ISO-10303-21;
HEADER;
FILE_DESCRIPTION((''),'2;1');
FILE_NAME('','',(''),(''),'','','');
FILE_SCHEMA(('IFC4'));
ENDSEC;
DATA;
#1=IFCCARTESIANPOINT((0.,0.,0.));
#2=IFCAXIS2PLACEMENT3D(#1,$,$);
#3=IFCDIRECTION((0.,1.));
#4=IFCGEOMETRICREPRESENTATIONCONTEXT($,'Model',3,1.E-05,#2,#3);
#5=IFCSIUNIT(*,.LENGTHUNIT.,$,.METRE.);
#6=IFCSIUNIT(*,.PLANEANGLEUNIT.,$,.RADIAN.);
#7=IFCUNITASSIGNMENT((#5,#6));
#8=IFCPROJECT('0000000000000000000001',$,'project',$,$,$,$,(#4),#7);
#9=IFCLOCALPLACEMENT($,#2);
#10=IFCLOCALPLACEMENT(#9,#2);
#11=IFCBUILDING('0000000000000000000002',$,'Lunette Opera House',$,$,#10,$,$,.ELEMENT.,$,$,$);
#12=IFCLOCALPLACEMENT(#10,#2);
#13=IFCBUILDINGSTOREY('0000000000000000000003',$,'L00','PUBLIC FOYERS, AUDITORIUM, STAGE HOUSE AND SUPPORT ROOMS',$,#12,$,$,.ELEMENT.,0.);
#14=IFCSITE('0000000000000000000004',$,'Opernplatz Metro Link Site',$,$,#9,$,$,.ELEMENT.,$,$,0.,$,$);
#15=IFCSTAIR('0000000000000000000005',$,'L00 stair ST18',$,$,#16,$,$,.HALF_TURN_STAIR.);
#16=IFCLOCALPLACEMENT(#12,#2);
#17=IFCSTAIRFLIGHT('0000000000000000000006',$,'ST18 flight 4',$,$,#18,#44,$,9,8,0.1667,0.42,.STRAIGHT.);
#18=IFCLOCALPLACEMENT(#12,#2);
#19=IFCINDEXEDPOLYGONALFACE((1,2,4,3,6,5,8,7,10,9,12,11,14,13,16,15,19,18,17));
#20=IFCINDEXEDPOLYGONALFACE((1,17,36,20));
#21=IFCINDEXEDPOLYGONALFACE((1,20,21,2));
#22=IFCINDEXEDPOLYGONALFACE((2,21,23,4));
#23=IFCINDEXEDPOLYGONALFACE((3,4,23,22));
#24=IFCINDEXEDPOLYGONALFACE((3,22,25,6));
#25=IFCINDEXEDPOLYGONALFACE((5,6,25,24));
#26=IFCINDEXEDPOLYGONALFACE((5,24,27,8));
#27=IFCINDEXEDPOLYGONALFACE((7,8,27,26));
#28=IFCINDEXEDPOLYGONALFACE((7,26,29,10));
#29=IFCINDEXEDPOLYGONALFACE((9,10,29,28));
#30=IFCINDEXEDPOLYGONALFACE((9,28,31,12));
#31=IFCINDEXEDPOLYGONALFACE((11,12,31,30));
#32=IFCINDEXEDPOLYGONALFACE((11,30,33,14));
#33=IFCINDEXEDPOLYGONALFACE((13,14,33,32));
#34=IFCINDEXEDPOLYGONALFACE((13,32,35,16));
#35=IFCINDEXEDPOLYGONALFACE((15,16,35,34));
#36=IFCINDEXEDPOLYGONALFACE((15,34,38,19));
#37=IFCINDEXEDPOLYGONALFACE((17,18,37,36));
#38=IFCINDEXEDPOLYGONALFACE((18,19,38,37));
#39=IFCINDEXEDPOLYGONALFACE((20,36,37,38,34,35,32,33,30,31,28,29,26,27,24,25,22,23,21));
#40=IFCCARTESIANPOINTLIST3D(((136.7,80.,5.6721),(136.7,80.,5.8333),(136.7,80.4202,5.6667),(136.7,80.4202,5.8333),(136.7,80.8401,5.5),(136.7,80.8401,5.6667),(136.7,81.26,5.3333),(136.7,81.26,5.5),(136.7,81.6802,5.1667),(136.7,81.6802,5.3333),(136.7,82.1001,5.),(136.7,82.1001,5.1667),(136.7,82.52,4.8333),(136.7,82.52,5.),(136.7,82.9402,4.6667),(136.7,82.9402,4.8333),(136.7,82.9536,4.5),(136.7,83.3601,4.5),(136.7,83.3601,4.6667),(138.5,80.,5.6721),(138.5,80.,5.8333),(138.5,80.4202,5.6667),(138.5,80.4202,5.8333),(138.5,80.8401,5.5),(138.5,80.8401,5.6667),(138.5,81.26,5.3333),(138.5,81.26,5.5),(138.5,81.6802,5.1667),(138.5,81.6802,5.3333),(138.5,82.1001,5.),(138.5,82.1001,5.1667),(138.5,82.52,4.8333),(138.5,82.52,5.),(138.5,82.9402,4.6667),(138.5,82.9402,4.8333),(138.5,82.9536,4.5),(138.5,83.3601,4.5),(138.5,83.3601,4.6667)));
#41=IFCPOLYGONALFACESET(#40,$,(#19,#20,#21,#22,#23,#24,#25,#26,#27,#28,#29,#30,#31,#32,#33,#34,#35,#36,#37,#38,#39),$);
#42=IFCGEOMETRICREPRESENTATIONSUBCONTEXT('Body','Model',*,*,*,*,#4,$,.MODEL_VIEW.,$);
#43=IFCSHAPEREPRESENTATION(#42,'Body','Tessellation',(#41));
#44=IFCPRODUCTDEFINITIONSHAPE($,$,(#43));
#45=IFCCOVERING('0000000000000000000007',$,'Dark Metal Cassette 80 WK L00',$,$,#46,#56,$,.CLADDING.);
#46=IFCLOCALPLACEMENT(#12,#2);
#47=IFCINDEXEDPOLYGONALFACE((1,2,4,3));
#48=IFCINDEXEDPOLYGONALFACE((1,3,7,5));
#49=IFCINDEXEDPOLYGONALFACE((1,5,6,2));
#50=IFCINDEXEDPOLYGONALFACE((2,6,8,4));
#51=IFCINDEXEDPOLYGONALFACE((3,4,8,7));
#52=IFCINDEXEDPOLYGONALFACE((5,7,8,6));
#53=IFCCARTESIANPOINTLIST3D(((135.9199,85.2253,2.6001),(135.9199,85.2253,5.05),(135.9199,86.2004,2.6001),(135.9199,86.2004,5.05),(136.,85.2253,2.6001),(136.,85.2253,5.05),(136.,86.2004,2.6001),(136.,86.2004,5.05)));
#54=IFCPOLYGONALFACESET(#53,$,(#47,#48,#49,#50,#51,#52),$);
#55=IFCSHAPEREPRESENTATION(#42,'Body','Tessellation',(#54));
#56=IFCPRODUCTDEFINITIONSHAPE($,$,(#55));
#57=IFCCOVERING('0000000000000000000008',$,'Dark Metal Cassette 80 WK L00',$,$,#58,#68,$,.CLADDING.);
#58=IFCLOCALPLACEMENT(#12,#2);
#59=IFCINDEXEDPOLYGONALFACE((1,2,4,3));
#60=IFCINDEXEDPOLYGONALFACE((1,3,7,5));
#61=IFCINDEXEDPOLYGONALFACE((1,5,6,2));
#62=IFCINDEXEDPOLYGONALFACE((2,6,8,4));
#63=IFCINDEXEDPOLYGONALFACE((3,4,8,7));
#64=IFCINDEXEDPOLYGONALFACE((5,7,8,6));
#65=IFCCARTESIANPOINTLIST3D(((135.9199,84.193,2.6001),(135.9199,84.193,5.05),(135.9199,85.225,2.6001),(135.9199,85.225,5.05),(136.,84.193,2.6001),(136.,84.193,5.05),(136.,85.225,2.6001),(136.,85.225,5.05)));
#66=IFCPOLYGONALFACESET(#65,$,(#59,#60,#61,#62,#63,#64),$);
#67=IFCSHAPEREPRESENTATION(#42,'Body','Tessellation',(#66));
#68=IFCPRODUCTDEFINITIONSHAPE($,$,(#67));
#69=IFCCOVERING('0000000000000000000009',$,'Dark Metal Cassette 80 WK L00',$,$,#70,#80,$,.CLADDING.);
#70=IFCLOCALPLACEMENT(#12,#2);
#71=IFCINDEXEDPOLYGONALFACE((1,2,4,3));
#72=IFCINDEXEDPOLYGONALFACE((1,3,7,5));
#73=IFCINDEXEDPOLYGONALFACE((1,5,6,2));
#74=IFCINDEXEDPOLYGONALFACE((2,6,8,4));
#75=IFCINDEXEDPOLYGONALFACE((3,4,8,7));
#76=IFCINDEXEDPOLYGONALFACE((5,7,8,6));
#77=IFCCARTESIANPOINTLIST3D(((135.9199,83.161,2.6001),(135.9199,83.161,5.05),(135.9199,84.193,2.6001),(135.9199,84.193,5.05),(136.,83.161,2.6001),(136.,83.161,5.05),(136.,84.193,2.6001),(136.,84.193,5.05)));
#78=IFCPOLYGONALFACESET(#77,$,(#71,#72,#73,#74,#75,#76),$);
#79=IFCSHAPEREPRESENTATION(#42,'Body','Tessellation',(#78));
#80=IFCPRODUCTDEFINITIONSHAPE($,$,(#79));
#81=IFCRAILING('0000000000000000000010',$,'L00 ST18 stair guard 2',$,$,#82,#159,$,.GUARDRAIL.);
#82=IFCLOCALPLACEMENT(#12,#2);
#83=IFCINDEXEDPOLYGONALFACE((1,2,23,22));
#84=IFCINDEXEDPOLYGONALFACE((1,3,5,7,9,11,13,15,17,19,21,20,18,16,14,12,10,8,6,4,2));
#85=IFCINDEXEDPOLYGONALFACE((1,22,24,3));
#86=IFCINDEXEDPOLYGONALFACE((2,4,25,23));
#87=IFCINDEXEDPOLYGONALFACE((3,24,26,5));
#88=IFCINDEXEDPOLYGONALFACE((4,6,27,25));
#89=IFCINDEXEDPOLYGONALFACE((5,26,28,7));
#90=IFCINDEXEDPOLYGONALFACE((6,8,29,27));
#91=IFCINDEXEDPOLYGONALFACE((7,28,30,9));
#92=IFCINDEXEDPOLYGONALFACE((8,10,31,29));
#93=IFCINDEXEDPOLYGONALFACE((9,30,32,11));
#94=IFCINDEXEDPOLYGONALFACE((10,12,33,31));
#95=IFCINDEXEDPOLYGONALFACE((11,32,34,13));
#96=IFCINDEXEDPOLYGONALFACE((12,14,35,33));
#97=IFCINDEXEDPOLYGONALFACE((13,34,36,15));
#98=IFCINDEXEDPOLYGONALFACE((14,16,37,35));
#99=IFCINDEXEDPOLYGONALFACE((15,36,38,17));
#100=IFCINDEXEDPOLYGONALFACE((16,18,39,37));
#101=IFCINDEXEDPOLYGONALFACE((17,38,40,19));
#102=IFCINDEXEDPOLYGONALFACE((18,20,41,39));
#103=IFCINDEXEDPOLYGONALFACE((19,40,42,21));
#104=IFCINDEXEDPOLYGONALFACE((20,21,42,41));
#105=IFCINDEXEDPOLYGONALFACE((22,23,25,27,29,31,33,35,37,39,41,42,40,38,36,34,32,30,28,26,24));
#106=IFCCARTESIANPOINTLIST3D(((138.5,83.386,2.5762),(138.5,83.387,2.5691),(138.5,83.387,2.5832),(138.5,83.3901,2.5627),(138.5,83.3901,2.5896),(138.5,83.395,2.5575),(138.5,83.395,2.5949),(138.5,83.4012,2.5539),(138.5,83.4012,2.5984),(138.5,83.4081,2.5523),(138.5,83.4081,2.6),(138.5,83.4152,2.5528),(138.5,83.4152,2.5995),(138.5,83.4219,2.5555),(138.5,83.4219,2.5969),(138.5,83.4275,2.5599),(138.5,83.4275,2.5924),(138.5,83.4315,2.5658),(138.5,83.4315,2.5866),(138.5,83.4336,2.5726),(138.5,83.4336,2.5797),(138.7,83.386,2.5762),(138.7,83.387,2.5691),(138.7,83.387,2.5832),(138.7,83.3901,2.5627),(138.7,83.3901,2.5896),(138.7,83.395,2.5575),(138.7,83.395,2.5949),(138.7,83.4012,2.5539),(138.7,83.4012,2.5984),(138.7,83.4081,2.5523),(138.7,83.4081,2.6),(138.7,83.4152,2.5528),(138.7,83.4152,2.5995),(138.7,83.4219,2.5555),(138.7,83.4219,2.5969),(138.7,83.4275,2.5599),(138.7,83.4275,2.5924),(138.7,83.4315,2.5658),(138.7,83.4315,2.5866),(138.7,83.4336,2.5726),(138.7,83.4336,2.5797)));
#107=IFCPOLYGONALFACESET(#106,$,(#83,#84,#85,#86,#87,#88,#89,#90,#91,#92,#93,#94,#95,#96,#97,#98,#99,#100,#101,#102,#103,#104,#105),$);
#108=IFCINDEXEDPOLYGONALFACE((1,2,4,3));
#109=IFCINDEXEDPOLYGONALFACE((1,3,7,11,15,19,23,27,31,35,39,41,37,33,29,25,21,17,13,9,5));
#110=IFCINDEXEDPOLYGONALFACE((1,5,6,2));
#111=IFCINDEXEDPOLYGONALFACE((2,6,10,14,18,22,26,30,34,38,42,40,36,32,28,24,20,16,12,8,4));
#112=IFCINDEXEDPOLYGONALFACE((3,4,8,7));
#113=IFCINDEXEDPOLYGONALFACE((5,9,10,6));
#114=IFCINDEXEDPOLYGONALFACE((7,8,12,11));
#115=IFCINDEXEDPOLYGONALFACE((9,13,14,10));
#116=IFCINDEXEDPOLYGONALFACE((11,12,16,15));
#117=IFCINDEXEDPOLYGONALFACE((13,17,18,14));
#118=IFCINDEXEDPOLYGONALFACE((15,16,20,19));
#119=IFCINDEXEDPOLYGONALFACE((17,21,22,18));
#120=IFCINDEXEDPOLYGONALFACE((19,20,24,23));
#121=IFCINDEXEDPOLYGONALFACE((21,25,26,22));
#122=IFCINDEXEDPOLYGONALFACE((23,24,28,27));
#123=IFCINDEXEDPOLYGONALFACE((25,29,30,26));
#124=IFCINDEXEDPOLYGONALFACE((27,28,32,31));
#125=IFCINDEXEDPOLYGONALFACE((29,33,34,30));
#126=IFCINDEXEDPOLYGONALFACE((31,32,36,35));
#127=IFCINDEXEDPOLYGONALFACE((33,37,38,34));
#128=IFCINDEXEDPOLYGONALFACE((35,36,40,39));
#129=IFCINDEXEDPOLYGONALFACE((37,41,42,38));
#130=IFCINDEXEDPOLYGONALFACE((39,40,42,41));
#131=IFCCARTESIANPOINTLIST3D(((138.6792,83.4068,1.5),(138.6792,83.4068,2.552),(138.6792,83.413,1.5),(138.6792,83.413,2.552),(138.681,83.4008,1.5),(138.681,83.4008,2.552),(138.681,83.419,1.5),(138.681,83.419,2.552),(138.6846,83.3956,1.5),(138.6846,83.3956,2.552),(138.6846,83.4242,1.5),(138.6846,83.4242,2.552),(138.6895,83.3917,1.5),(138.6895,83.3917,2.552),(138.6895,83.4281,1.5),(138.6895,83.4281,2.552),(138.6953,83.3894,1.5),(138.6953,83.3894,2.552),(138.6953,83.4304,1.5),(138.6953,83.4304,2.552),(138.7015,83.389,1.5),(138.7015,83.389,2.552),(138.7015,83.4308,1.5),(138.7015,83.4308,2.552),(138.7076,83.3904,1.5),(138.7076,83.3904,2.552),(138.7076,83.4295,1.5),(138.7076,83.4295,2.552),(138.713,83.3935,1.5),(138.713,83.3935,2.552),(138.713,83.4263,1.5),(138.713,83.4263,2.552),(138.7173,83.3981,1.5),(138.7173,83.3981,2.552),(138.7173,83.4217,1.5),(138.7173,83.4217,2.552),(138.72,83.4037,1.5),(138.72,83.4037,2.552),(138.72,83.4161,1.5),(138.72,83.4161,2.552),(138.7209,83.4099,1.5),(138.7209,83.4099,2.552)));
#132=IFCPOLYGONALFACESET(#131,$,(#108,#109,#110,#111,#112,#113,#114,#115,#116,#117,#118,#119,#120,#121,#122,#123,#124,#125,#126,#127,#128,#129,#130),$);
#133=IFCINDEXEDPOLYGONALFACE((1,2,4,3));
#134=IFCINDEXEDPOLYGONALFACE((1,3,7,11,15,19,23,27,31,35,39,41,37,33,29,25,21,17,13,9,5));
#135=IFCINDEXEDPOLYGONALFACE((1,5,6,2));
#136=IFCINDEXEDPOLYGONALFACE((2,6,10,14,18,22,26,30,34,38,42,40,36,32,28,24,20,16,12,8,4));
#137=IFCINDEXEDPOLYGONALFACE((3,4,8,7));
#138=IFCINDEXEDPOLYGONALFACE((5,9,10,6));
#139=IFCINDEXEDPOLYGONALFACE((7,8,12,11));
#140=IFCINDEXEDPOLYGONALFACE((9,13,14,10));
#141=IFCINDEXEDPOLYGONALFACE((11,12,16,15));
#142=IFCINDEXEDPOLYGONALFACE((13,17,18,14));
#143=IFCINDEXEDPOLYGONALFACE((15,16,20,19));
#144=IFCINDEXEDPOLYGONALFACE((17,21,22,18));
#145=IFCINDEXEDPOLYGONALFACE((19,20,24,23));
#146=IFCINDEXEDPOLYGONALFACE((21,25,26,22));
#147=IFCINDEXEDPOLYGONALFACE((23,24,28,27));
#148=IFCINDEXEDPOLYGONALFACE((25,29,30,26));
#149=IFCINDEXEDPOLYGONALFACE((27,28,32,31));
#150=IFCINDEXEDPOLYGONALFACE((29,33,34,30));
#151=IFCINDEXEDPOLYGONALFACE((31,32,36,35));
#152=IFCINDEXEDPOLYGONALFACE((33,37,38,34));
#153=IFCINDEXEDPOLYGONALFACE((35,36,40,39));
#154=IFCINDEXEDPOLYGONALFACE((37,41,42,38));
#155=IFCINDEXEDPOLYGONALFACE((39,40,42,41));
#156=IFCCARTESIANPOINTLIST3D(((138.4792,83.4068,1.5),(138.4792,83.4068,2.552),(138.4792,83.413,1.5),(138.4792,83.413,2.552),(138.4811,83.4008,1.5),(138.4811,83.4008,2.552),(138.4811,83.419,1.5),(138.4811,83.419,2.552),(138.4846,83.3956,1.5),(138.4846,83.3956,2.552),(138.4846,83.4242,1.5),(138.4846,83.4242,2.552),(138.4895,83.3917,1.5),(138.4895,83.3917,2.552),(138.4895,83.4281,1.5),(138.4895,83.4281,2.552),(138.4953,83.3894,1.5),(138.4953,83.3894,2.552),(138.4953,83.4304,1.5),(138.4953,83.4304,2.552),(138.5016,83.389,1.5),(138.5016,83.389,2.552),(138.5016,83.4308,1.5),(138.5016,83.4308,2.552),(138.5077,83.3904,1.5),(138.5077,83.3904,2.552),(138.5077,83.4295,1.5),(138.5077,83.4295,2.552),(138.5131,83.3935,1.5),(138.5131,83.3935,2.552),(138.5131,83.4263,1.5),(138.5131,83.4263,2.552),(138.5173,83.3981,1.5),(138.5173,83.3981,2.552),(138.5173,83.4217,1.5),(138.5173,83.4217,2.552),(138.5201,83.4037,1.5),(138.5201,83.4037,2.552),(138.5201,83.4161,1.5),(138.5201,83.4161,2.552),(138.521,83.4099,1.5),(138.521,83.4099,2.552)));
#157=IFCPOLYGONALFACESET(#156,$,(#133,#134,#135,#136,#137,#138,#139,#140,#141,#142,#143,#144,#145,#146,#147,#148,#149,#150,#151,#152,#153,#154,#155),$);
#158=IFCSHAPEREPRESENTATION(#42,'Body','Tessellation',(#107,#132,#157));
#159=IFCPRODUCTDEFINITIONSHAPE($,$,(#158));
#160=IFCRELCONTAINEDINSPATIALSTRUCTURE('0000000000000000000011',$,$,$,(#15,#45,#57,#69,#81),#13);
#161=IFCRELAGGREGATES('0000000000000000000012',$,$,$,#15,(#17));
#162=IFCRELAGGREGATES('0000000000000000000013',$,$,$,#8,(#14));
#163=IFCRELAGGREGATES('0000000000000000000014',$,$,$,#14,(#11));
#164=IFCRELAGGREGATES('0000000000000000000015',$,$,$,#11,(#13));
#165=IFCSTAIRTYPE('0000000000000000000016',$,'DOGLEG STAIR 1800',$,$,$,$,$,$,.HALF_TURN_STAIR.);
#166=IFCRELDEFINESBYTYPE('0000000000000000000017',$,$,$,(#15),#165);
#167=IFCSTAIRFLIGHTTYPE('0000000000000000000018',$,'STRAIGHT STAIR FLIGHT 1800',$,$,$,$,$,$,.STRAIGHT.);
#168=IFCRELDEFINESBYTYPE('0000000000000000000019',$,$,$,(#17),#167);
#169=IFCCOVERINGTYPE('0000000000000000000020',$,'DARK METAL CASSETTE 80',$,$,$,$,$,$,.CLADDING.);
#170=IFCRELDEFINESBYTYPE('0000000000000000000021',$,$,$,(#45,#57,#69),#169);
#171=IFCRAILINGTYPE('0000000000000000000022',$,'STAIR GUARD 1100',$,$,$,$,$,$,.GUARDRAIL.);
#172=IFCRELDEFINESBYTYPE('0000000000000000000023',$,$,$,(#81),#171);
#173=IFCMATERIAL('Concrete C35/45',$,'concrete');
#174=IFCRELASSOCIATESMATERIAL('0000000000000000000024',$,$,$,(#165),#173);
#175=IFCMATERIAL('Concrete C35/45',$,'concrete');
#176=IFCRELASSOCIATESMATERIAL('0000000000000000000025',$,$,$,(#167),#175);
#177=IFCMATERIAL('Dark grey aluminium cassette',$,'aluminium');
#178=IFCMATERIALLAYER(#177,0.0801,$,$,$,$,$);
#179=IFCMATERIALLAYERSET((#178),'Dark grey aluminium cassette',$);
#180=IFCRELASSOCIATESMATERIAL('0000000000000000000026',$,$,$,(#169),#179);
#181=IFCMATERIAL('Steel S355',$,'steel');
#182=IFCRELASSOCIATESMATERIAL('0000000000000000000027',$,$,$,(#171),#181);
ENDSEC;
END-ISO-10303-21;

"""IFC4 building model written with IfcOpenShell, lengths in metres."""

from ifc_helpers import new_model, si_unit, direction, frame, origin, origin_2d, place, context, subcontext, project, spatial, polyline, rectangle, circle, outline, extrude, material, layer, layer_set, type_object, element, aggregate, save


model = new_model("IFC4")

# Units and contexts
model_context = context("Model", 3, precision=1e-05, world=origin(), true_north=direction((0.0, 1.0)))
body_context = subcontext(model_context, "Body", "Model", "MODEL_VIEW")
ifc_project = project(units=[si_unit("LENGTHUNIT", "METRE"), si_unit("PLANEANGLEUNIT", "RADIAN")], contexts=[model_context])

# Site, building, storey
site_placement = place(None, origin())
site = spatial("IfcSite", under=ifc_project, at=site_placement, Name="Opernplatz Metro Link Site", CompositionType="ELEMENT", RefElevation=0.0)
building_placement = place(site_placement, origin())
building = spatial("IfcBuilding", under=site, at=building_placement, Name="Lunette Opera House", CompositionType="ELEMENT")
storey_placement = place(building_placement, origin())
storey = spatial("IfcBuildingStorey", under=building, at=storey_placement, Name="L00", Description="PUBLIC FOYERS, AUDITORIUM, STAGE HOUSE AND SUPPORT ROOMS", CompositionType="ELEMENT", Elevation=0.0)

# Stair, stair flight
ifc_material_1 = material(Name="Concrete C35/45", Category="concrete")
stair_type = type_object("IfcStairType", Name="DOGLEG STAIR 1800", PredefinedType="HALF_TURN_STAIR", material=ifc_material_1)
stair_placement = place(storey_placement, origin())
stair = element("IfcStair", 1, at=stair_placement, inside=storey, type_object=stair_type, Name="L00 stair ST18", PredefinedType="HALF_TURN_STAIR")
ifc_material_2 = material(Name="Concrete C35/45", Category="concrete")
stair_flight_type = type_object("IfcStairFlightType", Name="STRAIGHT STAIR FLIGHT 1800", PredefinedType="STRAIGHT", material=ifc_material_2)
stair_flight_1_placement = place(storey_placement, frame((137.6001, 83.3601, 4.5), z_axis=(0.0, 0.0, 1.0), x_axis=(0.0, -1.0, 0.0)))
stair_flight_1 = element("IfcStairFlight", 2, at=stair_flight_1_placement, type_object=stair_flight_type, Name="ST18 flight 4", NumberOfRisers=9, NumberOfTreads=8, PredefinedType="STRAIGHT", RiserHeight=0.1667, TreadLength=0.42, context=body_context, shape_type="SweptSolid", body=[
    extrude(outline(polyline([(0.0, 0.0), (0.0, 0.1667), (0.4199, 0.1667), (0.4199, 0.3333), (0.8401, 0.3333), (0.8401, 0.5), (1.26, 0.5), (1.26, 0.6667), (1.6799, 0.6667), (1.6799, 0.8333), (2.1001, 0.8333), (2.1001, 1.0), (2.52, 1.0), (2.52, 1.1667), (2.9399, 1.1667), (2.9399, 1.3333), (3.3601, 1.3333), (3.3601, 1.5), (3.3601, 1.1721), (0.4065, 0.0), (0.0, 0.0)])), frame((0.0, 0.8999, 0.0), z_axis=(0.0, -1.0, 0.0), x_axis=(1.0, 0.0, 0.0)), (0.0, 0.0, 1.0), 1.8),
])
aggregate(stair, [stair_flight_1])

# Coverings
ifc_material_3 = material(Name="Dark grey aluminium cassette", Category="aluminium")
ifc_layer_1 = layer(ifc_material_3, 0.0801)
ifc_layer_set_1 = layer_set([ifc_layer_1], Name="Dark grey aluminium cassette")
covering_type = type_object("IfcCoveringType", Name="DARK METAL CASSETTE 80", PredefinedType="CLADDING", material=ifc_layer_set_1)
covering_placement = place(storey_placement, frame((135.96, 85.7129, 2.6001), z_axis=(0.0, 0.0, 1.0), x_axis=(0.0, -1.0, 0.0)))
element("IfcCovering", 3, at=covering_placement, inside=storey, type_object=covering_type, Name="Dark Metal Cassette 80 WK L00", PredefinedType="CLADDING", context=body_context, shape_type="SweptSolid", body=[
    extrude(rectangle(XDim=0.9751, YDim=0.0801, at=origin_2d()), origin(), (0.0, 0.0, 1.0), 2.45),
])
for number, where, z_axis, x_axis, name in (
    (4, (135.96, 84.709, 2.6001), (0.0, 0.0, 1.0), (0.0, -1.0, 0.0), "Dark Metal Cassette 80 WK L00"),
    (5, (135.96, 83.677, 2.6001), (0.0, 0.0, 1.0), (0.0, -1.0, 0.0), "Dark Metal Cassette 80 WK L00"),
):
    element("IfcCovering", number, at=place(storey_placement, frame(where, z_axis=z_axis, x_axis=x_axis)), inside=storey, type_object=covering_type, Name=name, PredefinedType="CLADDING", context=body_context, shape_type="SweptSolid", body=[
        extrude(rectangle(XDim=1.032, YDim=0.0801, at=origin_2d()), origin(), (0.0, 0.0, 1.0), 2.45),
    ])

# Railing
ifc_material_4 = material(Name="Steel S355", Category="steel")
railing_type_1 = type_object("IfcRailingType", Name="STAIR GUARD 1100", PredefinedType="GUARDRAIL", material=ifc_material_4)
railing_1_placement = place(storey_placement, frame((138.7, 83.4099, 1.5)))
element("IfcRailing", 6, at=railing_1_placement, inside=storey, type_object=railing_type_1, Name="L00 ST18 stair guard 2", PredefinedType="GUARDRAIL", context=body_context, shape_type="SweptSolid", body=[
    extrude(circle(Radius=0.0239, at=origin_2d()), frame((0.0, 0.0, 1.0762), z_axis=(-1.0, 0.0, 0.0), x_axis=(0.0, -1.0, 0.0)), (0.0, 0.0, 1.0), 0.2),
    extrude(circle(Radius=0.021, at=origin_2d()), origin(), (0.0, 0.0, 1.0), 1.052),
    extrude(circle(Radius=0.021, at=origin_2d()), frame((-0.2, 0.0, 0.0)), (0.0, 0.0, 1.0), 1.052),
])

save(model, "model.ifc")
